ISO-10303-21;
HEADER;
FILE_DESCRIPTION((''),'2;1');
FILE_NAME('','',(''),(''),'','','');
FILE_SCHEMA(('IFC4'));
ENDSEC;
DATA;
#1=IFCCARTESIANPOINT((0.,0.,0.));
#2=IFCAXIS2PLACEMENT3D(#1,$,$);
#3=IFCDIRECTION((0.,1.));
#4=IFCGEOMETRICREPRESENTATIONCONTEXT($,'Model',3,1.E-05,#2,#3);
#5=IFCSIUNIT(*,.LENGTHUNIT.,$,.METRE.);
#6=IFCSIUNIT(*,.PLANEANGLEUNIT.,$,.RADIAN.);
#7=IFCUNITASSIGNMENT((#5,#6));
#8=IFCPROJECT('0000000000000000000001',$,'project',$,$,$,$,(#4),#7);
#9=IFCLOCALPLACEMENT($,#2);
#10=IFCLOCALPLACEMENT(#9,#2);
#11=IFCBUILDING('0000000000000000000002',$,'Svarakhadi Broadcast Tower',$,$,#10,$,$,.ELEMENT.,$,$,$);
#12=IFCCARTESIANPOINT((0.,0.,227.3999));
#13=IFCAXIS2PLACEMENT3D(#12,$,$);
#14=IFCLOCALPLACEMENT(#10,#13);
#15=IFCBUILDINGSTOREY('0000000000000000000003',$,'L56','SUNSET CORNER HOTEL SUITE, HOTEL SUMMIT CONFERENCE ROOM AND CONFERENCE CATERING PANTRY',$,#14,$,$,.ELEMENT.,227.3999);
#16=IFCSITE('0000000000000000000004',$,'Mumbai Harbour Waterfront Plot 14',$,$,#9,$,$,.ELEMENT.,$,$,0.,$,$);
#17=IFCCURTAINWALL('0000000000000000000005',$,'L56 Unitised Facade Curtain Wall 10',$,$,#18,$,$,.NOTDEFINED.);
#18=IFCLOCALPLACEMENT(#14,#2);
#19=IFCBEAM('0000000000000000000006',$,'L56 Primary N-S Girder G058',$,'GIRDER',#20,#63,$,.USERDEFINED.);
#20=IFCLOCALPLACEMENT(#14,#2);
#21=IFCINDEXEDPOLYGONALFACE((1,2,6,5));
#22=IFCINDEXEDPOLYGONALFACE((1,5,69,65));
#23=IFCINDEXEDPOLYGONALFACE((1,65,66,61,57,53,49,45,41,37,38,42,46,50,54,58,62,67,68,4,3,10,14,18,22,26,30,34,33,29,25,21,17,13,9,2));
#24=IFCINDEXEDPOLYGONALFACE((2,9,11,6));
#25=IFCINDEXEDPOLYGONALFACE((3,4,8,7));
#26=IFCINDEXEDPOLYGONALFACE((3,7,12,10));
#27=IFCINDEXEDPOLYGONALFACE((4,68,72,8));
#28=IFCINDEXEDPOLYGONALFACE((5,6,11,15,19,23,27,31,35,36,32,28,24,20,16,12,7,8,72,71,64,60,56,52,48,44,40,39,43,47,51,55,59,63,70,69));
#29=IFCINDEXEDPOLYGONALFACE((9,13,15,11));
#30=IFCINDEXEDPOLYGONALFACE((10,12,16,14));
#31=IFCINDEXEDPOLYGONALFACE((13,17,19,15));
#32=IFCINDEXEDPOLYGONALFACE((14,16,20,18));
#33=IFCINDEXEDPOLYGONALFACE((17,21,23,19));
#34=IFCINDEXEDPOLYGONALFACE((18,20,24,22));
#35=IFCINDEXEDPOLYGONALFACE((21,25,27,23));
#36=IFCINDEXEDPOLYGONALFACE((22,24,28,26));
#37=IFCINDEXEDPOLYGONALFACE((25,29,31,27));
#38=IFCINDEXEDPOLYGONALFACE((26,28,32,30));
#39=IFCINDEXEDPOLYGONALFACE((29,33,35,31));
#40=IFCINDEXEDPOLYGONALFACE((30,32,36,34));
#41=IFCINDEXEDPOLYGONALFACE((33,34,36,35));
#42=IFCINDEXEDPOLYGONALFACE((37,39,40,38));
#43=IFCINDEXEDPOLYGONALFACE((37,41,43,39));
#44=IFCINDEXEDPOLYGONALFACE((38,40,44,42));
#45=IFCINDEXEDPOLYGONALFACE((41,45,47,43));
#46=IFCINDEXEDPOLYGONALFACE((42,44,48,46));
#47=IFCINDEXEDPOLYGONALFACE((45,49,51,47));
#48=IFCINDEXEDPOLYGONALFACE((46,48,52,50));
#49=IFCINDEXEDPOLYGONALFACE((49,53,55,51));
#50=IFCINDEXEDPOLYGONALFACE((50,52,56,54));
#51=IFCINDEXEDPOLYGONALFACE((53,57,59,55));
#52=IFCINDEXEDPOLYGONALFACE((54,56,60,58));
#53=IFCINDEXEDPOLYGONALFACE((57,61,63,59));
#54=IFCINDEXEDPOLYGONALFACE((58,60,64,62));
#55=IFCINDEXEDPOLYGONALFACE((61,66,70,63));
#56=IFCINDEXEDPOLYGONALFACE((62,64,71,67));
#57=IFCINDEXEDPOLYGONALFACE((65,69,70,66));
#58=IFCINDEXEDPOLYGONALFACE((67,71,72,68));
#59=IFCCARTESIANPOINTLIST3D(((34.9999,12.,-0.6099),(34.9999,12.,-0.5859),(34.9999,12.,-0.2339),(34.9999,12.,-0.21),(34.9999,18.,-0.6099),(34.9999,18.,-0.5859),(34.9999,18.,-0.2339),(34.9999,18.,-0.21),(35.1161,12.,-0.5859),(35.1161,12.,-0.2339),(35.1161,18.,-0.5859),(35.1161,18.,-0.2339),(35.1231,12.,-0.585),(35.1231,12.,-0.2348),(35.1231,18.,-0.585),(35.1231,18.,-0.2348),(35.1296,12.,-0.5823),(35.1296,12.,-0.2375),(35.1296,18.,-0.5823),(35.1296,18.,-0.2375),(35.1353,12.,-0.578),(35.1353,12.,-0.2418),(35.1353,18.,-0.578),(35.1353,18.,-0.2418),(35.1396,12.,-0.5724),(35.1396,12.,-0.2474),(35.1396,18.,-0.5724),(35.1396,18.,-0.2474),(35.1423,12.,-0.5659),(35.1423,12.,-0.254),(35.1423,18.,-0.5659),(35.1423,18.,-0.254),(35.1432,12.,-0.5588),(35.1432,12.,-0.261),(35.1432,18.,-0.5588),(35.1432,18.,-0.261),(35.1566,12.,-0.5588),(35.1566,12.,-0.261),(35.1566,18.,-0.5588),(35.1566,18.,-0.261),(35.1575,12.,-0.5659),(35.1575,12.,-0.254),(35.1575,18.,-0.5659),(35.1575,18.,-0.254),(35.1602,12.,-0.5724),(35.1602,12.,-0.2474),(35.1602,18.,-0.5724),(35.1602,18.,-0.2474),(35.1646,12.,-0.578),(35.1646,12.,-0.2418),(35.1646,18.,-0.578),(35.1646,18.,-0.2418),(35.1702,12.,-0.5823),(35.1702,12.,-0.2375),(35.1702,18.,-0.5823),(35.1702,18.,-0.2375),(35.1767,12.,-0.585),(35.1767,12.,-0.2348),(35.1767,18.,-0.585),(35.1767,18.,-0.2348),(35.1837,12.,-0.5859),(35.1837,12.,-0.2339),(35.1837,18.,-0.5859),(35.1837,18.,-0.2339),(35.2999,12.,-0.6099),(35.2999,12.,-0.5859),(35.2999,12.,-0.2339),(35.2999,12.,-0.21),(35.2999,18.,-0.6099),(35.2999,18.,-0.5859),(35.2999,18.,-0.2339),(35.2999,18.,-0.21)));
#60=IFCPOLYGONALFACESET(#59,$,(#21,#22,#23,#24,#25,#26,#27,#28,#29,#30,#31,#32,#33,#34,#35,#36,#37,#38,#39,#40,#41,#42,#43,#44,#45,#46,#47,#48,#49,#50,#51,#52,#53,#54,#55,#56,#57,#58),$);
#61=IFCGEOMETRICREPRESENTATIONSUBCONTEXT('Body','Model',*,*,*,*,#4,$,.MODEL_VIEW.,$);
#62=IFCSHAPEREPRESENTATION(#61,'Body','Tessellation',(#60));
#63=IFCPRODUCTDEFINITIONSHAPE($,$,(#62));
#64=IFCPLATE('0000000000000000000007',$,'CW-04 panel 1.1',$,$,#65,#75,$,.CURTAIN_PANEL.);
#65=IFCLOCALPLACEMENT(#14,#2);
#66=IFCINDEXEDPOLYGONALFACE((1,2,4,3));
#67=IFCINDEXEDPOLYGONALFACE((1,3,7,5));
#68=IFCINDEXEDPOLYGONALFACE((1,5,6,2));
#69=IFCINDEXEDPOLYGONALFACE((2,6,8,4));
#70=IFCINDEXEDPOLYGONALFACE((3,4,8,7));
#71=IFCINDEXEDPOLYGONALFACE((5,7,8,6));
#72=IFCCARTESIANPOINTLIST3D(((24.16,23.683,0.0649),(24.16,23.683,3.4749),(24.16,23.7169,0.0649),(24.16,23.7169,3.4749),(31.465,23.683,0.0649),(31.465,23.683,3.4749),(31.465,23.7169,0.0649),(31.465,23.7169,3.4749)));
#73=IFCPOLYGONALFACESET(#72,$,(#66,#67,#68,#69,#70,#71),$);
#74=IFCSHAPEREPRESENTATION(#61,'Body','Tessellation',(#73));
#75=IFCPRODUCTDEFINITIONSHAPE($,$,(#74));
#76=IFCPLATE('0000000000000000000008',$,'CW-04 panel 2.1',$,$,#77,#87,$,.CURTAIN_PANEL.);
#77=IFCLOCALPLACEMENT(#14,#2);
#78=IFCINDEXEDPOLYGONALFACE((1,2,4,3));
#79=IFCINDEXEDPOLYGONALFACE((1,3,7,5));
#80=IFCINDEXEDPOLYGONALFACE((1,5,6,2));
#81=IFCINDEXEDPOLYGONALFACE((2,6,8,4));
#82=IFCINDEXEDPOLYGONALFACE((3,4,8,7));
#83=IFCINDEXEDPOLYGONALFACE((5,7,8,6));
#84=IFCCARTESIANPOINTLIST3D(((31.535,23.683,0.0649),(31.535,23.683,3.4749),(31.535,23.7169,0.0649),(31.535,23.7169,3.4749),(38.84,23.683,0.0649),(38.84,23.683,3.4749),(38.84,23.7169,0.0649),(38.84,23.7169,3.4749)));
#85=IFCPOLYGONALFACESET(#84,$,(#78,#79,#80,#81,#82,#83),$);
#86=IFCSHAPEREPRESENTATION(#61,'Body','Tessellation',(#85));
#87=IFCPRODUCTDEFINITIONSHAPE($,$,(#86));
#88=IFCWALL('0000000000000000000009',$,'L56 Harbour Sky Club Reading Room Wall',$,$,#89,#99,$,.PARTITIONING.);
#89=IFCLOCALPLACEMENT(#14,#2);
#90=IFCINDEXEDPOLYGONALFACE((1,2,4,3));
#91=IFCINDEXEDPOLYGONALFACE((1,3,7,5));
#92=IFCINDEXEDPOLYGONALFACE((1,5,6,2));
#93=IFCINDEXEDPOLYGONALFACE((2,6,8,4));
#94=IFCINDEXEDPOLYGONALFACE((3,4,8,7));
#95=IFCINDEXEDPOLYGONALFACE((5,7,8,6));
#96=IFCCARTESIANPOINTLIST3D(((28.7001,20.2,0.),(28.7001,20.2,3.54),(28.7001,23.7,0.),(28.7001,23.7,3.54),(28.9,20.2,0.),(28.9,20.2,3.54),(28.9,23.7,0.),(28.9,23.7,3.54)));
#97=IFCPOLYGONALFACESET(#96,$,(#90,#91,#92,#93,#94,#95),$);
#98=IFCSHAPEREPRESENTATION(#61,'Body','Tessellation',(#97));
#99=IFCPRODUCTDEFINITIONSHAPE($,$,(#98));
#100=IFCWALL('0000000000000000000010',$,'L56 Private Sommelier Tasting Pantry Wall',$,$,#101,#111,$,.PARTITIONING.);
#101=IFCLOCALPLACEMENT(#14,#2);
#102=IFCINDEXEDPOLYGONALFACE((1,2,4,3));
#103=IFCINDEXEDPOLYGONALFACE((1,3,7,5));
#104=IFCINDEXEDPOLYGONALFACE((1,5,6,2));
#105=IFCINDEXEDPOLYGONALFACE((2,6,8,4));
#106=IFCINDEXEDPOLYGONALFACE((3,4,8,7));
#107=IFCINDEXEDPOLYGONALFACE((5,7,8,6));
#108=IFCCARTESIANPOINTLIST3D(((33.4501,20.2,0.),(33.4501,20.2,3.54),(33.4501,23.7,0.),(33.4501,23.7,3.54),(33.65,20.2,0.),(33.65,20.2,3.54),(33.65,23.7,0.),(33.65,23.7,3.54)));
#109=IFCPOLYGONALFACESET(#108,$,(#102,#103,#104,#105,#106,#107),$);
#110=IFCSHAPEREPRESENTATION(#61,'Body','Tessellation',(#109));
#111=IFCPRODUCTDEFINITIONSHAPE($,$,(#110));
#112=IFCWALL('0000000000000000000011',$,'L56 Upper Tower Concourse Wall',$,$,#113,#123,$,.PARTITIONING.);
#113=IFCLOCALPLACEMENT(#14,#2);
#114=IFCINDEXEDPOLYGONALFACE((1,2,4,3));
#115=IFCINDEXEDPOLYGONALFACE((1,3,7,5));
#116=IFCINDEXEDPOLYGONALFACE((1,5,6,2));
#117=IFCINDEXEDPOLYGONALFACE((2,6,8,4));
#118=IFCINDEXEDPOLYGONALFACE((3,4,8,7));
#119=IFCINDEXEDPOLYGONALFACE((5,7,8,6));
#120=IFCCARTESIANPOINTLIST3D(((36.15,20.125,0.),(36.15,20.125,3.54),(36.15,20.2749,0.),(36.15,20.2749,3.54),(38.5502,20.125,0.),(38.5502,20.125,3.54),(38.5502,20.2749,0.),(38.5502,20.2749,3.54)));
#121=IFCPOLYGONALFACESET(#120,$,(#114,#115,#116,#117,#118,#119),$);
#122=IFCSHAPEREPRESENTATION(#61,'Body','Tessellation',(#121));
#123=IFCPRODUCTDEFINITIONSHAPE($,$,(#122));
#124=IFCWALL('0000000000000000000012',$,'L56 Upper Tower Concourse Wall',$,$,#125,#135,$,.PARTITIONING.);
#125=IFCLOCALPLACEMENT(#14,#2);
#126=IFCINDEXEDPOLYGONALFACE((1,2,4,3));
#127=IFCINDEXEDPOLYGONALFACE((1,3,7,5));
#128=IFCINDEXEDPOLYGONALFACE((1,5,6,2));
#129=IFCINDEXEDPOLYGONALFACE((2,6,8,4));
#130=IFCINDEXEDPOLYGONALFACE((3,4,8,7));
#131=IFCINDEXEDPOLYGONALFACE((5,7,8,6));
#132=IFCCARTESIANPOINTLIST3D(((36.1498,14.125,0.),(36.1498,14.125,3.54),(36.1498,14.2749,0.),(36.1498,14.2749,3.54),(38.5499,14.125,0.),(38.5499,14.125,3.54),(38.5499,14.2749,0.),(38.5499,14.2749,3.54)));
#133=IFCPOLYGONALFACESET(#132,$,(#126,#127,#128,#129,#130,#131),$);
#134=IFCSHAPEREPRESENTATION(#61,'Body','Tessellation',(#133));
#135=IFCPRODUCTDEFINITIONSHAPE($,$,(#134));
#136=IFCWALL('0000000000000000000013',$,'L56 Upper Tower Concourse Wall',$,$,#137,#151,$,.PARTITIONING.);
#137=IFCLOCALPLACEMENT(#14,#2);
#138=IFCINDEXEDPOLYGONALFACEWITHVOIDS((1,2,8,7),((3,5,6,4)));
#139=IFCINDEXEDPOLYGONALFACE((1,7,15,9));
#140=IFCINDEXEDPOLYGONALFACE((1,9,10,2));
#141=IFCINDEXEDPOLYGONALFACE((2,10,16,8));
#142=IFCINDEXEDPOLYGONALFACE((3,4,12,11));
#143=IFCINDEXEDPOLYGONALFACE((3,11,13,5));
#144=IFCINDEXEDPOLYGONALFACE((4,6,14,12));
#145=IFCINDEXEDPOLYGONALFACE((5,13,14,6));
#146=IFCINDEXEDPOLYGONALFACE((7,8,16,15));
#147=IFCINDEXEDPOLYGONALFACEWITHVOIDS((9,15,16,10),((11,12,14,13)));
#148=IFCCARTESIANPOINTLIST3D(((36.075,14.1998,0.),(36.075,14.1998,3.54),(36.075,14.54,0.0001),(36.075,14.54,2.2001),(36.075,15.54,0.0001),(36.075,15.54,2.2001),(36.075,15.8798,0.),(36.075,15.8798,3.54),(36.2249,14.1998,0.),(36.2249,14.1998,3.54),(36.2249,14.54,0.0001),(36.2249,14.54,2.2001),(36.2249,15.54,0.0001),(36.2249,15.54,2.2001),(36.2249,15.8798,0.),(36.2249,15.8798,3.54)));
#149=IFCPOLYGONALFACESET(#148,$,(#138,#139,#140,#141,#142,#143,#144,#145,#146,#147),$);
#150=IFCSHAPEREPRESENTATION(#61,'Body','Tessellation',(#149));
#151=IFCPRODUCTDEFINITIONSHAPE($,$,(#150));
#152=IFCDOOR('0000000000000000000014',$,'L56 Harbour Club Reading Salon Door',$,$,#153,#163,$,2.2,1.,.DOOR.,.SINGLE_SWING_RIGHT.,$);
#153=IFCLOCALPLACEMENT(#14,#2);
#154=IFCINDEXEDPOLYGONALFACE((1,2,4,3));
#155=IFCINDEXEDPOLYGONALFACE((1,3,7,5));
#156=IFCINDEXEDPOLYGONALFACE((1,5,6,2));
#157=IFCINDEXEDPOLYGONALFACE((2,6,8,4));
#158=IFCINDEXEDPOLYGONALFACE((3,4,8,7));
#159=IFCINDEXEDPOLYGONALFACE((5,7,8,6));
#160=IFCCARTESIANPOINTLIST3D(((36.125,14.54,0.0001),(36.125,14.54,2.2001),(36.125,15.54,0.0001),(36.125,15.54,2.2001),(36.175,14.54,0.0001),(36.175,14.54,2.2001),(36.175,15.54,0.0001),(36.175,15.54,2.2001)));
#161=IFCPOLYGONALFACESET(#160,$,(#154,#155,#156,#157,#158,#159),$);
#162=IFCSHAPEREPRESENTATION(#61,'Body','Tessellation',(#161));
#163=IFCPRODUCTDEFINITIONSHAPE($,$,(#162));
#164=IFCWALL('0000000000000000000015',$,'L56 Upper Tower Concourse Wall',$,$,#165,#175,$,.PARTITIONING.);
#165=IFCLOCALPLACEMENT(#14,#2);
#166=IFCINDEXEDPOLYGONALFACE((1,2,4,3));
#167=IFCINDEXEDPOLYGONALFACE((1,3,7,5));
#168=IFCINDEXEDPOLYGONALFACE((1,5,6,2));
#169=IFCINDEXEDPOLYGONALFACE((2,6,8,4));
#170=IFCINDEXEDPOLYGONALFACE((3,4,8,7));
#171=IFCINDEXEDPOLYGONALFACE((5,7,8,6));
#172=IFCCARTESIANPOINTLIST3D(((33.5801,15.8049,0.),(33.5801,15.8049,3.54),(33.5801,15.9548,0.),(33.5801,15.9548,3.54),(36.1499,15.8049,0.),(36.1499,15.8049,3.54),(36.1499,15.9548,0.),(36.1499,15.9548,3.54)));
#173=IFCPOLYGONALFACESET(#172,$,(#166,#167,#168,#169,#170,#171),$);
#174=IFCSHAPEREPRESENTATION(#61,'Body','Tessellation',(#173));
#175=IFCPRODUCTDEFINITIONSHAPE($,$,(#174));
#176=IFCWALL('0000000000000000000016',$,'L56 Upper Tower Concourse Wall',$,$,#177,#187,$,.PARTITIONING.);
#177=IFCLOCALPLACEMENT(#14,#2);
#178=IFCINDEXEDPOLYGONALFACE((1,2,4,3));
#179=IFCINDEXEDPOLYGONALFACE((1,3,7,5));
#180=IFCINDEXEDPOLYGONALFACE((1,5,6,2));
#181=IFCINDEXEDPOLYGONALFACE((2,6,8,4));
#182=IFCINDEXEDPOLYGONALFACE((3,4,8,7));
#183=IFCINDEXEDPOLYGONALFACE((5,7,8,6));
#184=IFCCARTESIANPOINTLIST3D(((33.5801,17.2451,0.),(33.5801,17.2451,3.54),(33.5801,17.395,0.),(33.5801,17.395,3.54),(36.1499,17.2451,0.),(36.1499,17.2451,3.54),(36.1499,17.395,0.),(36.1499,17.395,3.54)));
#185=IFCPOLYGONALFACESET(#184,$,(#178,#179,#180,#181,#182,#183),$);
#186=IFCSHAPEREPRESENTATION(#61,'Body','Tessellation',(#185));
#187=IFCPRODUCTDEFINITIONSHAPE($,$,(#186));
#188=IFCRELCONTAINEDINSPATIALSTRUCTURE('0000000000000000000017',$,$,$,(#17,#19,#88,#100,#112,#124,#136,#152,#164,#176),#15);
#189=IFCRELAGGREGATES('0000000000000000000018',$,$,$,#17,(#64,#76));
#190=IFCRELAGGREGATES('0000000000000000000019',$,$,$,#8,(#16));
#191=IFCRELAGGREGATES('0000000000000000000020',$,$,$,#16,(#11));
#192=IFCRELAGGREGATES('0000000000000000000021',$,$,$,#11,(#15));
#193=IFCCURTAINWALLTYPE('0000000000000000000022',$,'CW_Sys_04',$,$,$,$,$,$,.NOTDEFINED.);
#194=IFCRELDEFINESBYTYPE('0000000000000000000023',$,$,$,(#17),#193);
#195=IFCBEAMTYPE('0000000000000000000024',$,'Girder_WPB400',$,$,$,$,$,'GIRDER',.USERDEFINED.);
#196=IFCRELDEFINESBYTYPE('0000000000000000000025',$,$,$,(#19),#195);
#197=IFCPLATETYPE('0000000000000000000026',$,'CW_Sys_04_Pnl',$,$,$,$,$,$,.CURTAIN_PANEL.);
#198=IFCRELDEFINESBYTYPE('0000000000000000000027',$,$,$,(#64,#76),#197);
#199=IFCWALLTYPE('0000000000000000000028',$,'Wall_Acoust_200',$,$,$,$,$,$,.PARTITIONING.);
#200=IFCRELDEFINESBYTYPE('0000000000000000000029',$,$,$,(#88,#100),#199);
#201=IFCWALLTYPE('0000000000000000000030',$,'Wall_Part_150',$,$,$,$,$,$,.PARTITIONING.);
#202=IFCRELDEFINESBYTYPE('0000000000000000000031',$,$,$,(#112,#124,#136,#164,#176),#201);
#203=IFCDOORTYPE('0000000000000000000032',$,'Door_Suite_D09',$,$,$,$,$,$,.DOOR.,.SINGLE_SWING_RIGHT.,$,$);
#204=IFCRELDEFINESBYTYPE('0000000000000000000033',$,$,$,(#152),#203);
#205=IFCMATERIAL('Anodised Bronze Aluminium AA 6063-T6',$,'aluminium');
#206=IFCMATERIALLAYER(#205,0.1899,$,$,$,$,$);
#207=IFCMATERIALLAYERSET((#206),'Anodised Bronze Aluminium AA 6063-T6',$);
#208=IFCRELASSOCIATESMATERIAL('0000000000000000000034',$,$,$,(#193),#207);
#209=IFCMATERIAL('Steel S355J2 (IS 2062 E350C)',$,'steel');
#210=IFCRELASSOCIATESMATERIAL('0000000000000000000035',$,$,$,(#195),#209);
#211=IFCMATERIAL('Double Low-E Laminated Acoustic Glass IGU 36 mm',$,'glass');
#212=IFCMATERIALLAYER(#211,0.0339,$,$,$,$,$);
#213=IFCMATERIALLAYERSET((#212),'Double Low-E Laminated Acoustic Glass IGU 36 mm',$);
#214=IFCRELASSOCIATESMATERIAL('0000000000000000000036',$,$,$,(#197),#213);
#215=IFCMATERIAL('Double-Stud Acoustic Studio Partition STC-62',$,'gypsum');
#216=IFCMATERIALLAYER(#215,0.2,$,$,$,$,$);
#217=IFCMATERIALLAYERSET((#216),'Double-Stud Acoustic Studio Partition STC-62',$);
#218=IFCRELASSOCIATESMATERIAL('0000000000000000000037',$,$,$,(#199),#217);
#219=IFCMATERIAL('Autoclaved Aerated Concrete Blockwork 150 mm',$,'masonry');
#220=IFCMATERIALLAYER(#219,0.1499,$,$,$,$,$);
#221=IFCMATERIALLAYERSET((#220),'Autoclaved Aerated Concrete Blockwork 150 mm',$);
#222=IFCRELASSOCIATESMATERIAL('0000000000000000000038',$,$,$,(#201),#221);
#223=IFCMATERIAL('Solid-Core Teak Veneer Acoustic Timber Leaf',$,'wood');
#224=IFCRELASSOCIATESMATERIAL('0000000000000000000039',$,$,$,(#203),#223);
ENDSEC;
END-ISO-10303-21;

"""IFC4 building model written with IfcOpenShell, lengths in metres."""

from ifc_helpers import new_model, si_unit, direction, frame, frame_2d, origin, origin_2d, place, context, subcontext, project, spatial, rectangle, i_section, extrude, material, layer, layer_set, material_profile, profile_set, type_object, element, fill, aggregate, save


model = new_model("IFC4")

# Units and contexts
model_context = context("Model", 3, precision=1e-05, world=origin(), true_north=direction((0.0, 1.0)))
body_context = subcontext(model_context, "Body", "Model", "MODEL_VIEW")
ifc_project = project(units=[si_unit("LENGTHUNIT", "METRE"), si_unit("PLANEANGLEUNIT", "RADIAN")], contexts=[model_context])

# Site, building, storey
site_placement = place(None, origin())
site = spatial("IfcSite", under=ifc_project, at=site_placement, Name="Mumbai Harbour Waterfront Plot 14", CompositionType="ELEMENT", RefElevation=0.0)
building_placement = place(site_placement, origin())
building = spatial("IfcBuilding", under=site, at=building_placement, Name="Svarakhadi Broadcast Tower", CompositionType="ELEMENT")
storey_placement = place(building_placement, frame((0.0, 0.0, 227.3999)))
storey = spatial("IfcBuildingStorey", under=building, at=storey_placement, Name="L56", Description="SUNSET CORNER HOTEL SUITE, HOTEL SUMMIT CONFERENCE ROOM AND CONFERENCE CATERING PANTRY", CompositionType="ELEMENT", Elevation=227.3999)

# Shared definitions
ifc_material_1 = material(Name="Steel S355J2 (IS 2062 E350C)", Category="steel")

# Curtain wall
ifc_material_2 = material(Name="Anodised Bronze Aluminium AA 6063-T6", Category="aluminium")
ifc_layer_1 = layer(ifc_material_2, 0.1899)
ifc_layer_set_1 = layer_set([ifc_layer_1], Name="Anodised Bronze Aluminium AA 6063-T6")
curtain_wall_type = type_object("IfcCurtainWallType", Name="CW_Sys_04", PredefinedType="NOTDEFINED", material=ifc_layer_set_1)
curtain_wall_placement = place(storey_placement, origin())
curtain_wall = element("IfcCurtainWall", 1, at=curtain_wall_placement, inside=storey, type_object=curtain_wall_type, Name="L56 Unitised Facade Curtain Wall 10", PredefinedType="NOTDEFINED")

# Beam
ifc_material_profile_1 = material_profile(ifc_material_1, i_section(OverallWidth=0.3, OverallDepth=0.3999, WebThickness=0.0134, FlangeThickness=0.0239, FilletRadius=0.0271, at=origin_2d()), Name="WPB 400x300x155")
ifc_profile_set_1 = profile_set([ifc_material_profile_1], Name="Steel S355J2 (IS 2062 E350C)")
beam_type_1 = type_object("IfcBeamType", Name="Girder_WPB400", ElementType="GIRDER", PredefinedType="USERDEFINED", material=ifc_profile_set_1)
beam_1_placement = place(storey_placement, frame((35.1499, 12.0, -0.4099), z_axis=(0.0, 1.0, 0.0), x_axis=(-1.0, 0.0, 0.0)))
element("IfcBeam", 2, at=beam_1_placement, inside=storey, type_object=beam_type_1, Name="L56 Primary N-S Girder G058", ObjectType="GIRDER", PredefinedType="USERDEFINED", context=body_context, shape_type="SweptSolid", body=[
    extrude(i_section(OverallWidth=0.3, OverallDepth=0.3999, WebThickness=0.0134, FlangeThickness=0.0239, FilletRadius=0.0271, at=origin_2d()), origin(), (0.0, 0.0, 1.0), 6.0),
])

# Plates
ifc_material_3 = material(Name="Double Low-E Laminated Acoustic Glass IGU 36 mm", Category="glass")
ifc_layer_2 = layer(ifc_material_3, 0.0339)
ifc_layer_set_2 = layer_set([ifc_layer_2], Name="Double Low-E Laminated Acoustic Glass IGU 36 mm")
plate_type = type_object("IfcPlateType", Name="CW_Sys_04_Pnl", PredefinedType="CURTAIN_PANEL", material=ifc_layer_set_2)
plate_1_placement = place(storey_placement, frame((27.8125, 23.7, 0.0649), z_axis=(0.0, 0.0, 1.0), x_axis=(1.0, 0.0, 0.0)))
plate_1 = element("IfcPlate", 3, at=plate_1_placement, type_object=plate_type, Name="CW-04 panel 1.1", PredefinedType="CURTAIN_PANEL", context=body_context, shape_type="SweptSolid", body=[
    extrude(rectangle(XDim=7.3049, YDim=0.0339, at=origin_2d()), origin(), (0.0, 0.0, 1.0), 3.4099),
])
plate_2_placement = place(storey_placement, frame((35.1875, 23.7, 0.0649), z_axis=(0.0, 0.0, 1.0), x_axis=(1.0, 0.0, 0.0)))
plate_2 = element("IfcPlate", 4, at=plate_2_placement, type_object=plate_type, Name="CW-04 panel 2.1", PredefinedType="CURTAIN_PANEL", context=body_context, shape_type="SweptSolid", body=[
    extrude(rectangle(XDim=7.3049, YDim=0.0339, at=origin_2d()), origin(), (0.0, 0.0, 1.0), 3.4099),
])
aggregate(curtain_wall, [plate_1, plate_2])

# Walls
ifc_material_4 = material(Name="Double-Stud Acoustic Studio Partition STC-62", Category="gypsum")
ifc_layer_3 = layer(ifc_material_4, 0.2)
ifc_layer_set_3 = layer_set([ifc_layer_3], Name="Double-Stud Acoustic Studio Partition STC-62")
wall_type_1 = type_object("IfcWallType", Name="Wall_Acoust_200", PredefinedType="PARTITIONING", material=ifc_layer_set_3)
for number, where, z_axis, x_axis, name in (
    (5, (28.8, 20.2, 0.0), (0.0, 0.0, 1.0), (0.0, 1.0, 0.0), "L56 Harbour Sky Club Reading Room Wall"),
    (6, (33.55, 20.2, 0.0), (0.0, 0.0, 1.0), (0.0, 1.0, 0.0), "L56 Private Sommelier Tasting Pantry Wall"),
):
    element("IfcWall", number, at=place(storey_placement, frame(where, z_axis=z_axis, x_axis=x_axis)), inside=storey, type_object=wall_type_1, Name=name, PredefinedType="PARTITIONING", context=body_context, shape_type="SweptSolid", body=[
        extrude(rectangle(XDim=3.5, YDim=0.2, at=frame_2d((1.75, 0.0))), origin(), (0.0, 0.0, 1.0), 3.54),
    ])
ifc_material_5 = material(Name="Autoclaved Aerated Concrete Blockwork 150 mm", Category="masonry")
ifc_layer_4 = layer(ifc_material_5, 0.1499)
ifc_layer_set_4 = layer_set([ifc_layer_4], Name="Autoclaved Aerated Concrete Blockwork 150 mm")
wall_type_2 = type_object("IfcWallType", Name="Wall_Part_150", PredefinedType="PARTITIONING", material=ifc_layer_set_4)
for number, where, z_axis, x_axis, name in (
    (7, (36.1499, 20.2, 0.0), (0.0, 0.0, 1.0), (1.0, 0.0, 0.0), "L56 Upper Tower Concourse Wall"),
    (8, (38.55, 14.2, 0.0), (0.0, 0.0, 1.0), (-1.0, 0.0, 0.0), "L56 Upper Tower Concourse Wall"),
):
    element("IfcWall", number, at=place(storey_placement, frame(where, z_axis=z_axis, x_axis=x_axis)), inside=storey, type_object=wall_type_2, Name=name, PredefinedType="PARTITIONING", context=body_context, shape_type="SweptSolid", body=[
        extrude(rectangle(XDim=2.4001, YDim=0.1499, at=frame_2d((1.2002, 0.0))), origin(), (0.0, 0.0, 1.0), 3.54),
    ])

# Wall, opening, door
wall_1_placement = place(storey_placement, frame((36.1499, 14.2, 0.0), z_axis=(0.0, 0.0, 1.0), x_axis=(0.0, 1.0, 0.0)))
wall_1 = element("IfcWall", 9, at=wall_1_placement, inside=storey, type_object=wall_type_2, Name="L56 Upper Tower Concourse Wall", PredefinedType="PARTITIONING", context=body_context, shape_type="SweptSolid", body=[
    extrude(rectangle(XDim=1.6799, YDim=0.1499, at=frame_2d((0.8398, 0.0))), origin(), (0.0, 0.0, 1.0), 3.54),
])
opening_1_placement = place(wall_1_placement, frame((0.3401, 0.0, 0.0)))
opening_1 = element("IfcOpeningElement", 10, at=opening_1_placement, cuts=wall_1, PredefinedType="OPENING", context=body_context, shape_type="SweptSolid", body=[
    extrude(rectangle(XDim=1.0, YDim=2.2, at=frame_2d((0.5, 1.1001))), frame((0.0, 0.085, 0.0), z_axis=(0.0, -1.0, 0.0), x_axis=(1.0, 0.0, 0.0)), (0.0, 0.0, 1.0), 0.1699),
])
ifc_material_6 = material(Name="Solid-Core Teak Veneer Acoustic Timber Leaf", Category="wood")
door_type_1 = type_object("IfcDoorType", Name="Door_Suite_D09", OperationType="SINGLE_SWING_RIGHT", PredefinedType="DOOR", material=ifc_material_6)
door_1_placement = place(opening_1_placement, origin())
door_1 = element("IfcDoor", 11, at=door_1_placement, inside=storey, type_object=door_type_1, Name="L56 Harbour Club Reading Salon Door", OperationType="SINGLE_SWING_RIGHT", OverallHeight=2.2, OverallWidth=1.0, PredefinedType="DOOR", context=body_context, shape_type="SweptSolid", body=[
    extrude(rectangle(XDim=1.0, YDim=2.2, at=frame_2d((0.5, 1.1001))), frame((0.0, 0.0249, 0.0), z_axis=(0.0, -1.0, 0.0), x_axis=(1.0, 0.0, 0.0)), (0.0, 0.0, 1.0), 0.05),
])
fill(opening_1, door_1)

# Walls
for number, where, z_axis, x_axis, name in (
    (12, (36.1499, 15.8799, 0.0), (0.0, 0.0, 1.0), (-1.0, 0.0, 0.0), "L56 Upper Tower Concourse Wall"),
    (13, (33.5801, 17.3201, 0.0), (0.0, 0.0, 1.0), (1.0, 0.0, 0.0), "L56 Upper Tower Concourse Wall"),
):
    element("IfcWall", number, at=place(storey_placement, frame(where, z_axis=z_axis, x_axis=x_axis)), inside=storey, type_object=wall_type_2, Name=name, PredefinedType="PARTITIONING", context=body_context, shape_type="SweptSolid", body=[
        extrude(rectangle(XDim=2.5698, YDim=0.1499, at=frame_2d((1.2849, 0.0))), origin(), (0.0, 0.0, 1.0), 3.54),
    ])

save(model, "model.ifc")
